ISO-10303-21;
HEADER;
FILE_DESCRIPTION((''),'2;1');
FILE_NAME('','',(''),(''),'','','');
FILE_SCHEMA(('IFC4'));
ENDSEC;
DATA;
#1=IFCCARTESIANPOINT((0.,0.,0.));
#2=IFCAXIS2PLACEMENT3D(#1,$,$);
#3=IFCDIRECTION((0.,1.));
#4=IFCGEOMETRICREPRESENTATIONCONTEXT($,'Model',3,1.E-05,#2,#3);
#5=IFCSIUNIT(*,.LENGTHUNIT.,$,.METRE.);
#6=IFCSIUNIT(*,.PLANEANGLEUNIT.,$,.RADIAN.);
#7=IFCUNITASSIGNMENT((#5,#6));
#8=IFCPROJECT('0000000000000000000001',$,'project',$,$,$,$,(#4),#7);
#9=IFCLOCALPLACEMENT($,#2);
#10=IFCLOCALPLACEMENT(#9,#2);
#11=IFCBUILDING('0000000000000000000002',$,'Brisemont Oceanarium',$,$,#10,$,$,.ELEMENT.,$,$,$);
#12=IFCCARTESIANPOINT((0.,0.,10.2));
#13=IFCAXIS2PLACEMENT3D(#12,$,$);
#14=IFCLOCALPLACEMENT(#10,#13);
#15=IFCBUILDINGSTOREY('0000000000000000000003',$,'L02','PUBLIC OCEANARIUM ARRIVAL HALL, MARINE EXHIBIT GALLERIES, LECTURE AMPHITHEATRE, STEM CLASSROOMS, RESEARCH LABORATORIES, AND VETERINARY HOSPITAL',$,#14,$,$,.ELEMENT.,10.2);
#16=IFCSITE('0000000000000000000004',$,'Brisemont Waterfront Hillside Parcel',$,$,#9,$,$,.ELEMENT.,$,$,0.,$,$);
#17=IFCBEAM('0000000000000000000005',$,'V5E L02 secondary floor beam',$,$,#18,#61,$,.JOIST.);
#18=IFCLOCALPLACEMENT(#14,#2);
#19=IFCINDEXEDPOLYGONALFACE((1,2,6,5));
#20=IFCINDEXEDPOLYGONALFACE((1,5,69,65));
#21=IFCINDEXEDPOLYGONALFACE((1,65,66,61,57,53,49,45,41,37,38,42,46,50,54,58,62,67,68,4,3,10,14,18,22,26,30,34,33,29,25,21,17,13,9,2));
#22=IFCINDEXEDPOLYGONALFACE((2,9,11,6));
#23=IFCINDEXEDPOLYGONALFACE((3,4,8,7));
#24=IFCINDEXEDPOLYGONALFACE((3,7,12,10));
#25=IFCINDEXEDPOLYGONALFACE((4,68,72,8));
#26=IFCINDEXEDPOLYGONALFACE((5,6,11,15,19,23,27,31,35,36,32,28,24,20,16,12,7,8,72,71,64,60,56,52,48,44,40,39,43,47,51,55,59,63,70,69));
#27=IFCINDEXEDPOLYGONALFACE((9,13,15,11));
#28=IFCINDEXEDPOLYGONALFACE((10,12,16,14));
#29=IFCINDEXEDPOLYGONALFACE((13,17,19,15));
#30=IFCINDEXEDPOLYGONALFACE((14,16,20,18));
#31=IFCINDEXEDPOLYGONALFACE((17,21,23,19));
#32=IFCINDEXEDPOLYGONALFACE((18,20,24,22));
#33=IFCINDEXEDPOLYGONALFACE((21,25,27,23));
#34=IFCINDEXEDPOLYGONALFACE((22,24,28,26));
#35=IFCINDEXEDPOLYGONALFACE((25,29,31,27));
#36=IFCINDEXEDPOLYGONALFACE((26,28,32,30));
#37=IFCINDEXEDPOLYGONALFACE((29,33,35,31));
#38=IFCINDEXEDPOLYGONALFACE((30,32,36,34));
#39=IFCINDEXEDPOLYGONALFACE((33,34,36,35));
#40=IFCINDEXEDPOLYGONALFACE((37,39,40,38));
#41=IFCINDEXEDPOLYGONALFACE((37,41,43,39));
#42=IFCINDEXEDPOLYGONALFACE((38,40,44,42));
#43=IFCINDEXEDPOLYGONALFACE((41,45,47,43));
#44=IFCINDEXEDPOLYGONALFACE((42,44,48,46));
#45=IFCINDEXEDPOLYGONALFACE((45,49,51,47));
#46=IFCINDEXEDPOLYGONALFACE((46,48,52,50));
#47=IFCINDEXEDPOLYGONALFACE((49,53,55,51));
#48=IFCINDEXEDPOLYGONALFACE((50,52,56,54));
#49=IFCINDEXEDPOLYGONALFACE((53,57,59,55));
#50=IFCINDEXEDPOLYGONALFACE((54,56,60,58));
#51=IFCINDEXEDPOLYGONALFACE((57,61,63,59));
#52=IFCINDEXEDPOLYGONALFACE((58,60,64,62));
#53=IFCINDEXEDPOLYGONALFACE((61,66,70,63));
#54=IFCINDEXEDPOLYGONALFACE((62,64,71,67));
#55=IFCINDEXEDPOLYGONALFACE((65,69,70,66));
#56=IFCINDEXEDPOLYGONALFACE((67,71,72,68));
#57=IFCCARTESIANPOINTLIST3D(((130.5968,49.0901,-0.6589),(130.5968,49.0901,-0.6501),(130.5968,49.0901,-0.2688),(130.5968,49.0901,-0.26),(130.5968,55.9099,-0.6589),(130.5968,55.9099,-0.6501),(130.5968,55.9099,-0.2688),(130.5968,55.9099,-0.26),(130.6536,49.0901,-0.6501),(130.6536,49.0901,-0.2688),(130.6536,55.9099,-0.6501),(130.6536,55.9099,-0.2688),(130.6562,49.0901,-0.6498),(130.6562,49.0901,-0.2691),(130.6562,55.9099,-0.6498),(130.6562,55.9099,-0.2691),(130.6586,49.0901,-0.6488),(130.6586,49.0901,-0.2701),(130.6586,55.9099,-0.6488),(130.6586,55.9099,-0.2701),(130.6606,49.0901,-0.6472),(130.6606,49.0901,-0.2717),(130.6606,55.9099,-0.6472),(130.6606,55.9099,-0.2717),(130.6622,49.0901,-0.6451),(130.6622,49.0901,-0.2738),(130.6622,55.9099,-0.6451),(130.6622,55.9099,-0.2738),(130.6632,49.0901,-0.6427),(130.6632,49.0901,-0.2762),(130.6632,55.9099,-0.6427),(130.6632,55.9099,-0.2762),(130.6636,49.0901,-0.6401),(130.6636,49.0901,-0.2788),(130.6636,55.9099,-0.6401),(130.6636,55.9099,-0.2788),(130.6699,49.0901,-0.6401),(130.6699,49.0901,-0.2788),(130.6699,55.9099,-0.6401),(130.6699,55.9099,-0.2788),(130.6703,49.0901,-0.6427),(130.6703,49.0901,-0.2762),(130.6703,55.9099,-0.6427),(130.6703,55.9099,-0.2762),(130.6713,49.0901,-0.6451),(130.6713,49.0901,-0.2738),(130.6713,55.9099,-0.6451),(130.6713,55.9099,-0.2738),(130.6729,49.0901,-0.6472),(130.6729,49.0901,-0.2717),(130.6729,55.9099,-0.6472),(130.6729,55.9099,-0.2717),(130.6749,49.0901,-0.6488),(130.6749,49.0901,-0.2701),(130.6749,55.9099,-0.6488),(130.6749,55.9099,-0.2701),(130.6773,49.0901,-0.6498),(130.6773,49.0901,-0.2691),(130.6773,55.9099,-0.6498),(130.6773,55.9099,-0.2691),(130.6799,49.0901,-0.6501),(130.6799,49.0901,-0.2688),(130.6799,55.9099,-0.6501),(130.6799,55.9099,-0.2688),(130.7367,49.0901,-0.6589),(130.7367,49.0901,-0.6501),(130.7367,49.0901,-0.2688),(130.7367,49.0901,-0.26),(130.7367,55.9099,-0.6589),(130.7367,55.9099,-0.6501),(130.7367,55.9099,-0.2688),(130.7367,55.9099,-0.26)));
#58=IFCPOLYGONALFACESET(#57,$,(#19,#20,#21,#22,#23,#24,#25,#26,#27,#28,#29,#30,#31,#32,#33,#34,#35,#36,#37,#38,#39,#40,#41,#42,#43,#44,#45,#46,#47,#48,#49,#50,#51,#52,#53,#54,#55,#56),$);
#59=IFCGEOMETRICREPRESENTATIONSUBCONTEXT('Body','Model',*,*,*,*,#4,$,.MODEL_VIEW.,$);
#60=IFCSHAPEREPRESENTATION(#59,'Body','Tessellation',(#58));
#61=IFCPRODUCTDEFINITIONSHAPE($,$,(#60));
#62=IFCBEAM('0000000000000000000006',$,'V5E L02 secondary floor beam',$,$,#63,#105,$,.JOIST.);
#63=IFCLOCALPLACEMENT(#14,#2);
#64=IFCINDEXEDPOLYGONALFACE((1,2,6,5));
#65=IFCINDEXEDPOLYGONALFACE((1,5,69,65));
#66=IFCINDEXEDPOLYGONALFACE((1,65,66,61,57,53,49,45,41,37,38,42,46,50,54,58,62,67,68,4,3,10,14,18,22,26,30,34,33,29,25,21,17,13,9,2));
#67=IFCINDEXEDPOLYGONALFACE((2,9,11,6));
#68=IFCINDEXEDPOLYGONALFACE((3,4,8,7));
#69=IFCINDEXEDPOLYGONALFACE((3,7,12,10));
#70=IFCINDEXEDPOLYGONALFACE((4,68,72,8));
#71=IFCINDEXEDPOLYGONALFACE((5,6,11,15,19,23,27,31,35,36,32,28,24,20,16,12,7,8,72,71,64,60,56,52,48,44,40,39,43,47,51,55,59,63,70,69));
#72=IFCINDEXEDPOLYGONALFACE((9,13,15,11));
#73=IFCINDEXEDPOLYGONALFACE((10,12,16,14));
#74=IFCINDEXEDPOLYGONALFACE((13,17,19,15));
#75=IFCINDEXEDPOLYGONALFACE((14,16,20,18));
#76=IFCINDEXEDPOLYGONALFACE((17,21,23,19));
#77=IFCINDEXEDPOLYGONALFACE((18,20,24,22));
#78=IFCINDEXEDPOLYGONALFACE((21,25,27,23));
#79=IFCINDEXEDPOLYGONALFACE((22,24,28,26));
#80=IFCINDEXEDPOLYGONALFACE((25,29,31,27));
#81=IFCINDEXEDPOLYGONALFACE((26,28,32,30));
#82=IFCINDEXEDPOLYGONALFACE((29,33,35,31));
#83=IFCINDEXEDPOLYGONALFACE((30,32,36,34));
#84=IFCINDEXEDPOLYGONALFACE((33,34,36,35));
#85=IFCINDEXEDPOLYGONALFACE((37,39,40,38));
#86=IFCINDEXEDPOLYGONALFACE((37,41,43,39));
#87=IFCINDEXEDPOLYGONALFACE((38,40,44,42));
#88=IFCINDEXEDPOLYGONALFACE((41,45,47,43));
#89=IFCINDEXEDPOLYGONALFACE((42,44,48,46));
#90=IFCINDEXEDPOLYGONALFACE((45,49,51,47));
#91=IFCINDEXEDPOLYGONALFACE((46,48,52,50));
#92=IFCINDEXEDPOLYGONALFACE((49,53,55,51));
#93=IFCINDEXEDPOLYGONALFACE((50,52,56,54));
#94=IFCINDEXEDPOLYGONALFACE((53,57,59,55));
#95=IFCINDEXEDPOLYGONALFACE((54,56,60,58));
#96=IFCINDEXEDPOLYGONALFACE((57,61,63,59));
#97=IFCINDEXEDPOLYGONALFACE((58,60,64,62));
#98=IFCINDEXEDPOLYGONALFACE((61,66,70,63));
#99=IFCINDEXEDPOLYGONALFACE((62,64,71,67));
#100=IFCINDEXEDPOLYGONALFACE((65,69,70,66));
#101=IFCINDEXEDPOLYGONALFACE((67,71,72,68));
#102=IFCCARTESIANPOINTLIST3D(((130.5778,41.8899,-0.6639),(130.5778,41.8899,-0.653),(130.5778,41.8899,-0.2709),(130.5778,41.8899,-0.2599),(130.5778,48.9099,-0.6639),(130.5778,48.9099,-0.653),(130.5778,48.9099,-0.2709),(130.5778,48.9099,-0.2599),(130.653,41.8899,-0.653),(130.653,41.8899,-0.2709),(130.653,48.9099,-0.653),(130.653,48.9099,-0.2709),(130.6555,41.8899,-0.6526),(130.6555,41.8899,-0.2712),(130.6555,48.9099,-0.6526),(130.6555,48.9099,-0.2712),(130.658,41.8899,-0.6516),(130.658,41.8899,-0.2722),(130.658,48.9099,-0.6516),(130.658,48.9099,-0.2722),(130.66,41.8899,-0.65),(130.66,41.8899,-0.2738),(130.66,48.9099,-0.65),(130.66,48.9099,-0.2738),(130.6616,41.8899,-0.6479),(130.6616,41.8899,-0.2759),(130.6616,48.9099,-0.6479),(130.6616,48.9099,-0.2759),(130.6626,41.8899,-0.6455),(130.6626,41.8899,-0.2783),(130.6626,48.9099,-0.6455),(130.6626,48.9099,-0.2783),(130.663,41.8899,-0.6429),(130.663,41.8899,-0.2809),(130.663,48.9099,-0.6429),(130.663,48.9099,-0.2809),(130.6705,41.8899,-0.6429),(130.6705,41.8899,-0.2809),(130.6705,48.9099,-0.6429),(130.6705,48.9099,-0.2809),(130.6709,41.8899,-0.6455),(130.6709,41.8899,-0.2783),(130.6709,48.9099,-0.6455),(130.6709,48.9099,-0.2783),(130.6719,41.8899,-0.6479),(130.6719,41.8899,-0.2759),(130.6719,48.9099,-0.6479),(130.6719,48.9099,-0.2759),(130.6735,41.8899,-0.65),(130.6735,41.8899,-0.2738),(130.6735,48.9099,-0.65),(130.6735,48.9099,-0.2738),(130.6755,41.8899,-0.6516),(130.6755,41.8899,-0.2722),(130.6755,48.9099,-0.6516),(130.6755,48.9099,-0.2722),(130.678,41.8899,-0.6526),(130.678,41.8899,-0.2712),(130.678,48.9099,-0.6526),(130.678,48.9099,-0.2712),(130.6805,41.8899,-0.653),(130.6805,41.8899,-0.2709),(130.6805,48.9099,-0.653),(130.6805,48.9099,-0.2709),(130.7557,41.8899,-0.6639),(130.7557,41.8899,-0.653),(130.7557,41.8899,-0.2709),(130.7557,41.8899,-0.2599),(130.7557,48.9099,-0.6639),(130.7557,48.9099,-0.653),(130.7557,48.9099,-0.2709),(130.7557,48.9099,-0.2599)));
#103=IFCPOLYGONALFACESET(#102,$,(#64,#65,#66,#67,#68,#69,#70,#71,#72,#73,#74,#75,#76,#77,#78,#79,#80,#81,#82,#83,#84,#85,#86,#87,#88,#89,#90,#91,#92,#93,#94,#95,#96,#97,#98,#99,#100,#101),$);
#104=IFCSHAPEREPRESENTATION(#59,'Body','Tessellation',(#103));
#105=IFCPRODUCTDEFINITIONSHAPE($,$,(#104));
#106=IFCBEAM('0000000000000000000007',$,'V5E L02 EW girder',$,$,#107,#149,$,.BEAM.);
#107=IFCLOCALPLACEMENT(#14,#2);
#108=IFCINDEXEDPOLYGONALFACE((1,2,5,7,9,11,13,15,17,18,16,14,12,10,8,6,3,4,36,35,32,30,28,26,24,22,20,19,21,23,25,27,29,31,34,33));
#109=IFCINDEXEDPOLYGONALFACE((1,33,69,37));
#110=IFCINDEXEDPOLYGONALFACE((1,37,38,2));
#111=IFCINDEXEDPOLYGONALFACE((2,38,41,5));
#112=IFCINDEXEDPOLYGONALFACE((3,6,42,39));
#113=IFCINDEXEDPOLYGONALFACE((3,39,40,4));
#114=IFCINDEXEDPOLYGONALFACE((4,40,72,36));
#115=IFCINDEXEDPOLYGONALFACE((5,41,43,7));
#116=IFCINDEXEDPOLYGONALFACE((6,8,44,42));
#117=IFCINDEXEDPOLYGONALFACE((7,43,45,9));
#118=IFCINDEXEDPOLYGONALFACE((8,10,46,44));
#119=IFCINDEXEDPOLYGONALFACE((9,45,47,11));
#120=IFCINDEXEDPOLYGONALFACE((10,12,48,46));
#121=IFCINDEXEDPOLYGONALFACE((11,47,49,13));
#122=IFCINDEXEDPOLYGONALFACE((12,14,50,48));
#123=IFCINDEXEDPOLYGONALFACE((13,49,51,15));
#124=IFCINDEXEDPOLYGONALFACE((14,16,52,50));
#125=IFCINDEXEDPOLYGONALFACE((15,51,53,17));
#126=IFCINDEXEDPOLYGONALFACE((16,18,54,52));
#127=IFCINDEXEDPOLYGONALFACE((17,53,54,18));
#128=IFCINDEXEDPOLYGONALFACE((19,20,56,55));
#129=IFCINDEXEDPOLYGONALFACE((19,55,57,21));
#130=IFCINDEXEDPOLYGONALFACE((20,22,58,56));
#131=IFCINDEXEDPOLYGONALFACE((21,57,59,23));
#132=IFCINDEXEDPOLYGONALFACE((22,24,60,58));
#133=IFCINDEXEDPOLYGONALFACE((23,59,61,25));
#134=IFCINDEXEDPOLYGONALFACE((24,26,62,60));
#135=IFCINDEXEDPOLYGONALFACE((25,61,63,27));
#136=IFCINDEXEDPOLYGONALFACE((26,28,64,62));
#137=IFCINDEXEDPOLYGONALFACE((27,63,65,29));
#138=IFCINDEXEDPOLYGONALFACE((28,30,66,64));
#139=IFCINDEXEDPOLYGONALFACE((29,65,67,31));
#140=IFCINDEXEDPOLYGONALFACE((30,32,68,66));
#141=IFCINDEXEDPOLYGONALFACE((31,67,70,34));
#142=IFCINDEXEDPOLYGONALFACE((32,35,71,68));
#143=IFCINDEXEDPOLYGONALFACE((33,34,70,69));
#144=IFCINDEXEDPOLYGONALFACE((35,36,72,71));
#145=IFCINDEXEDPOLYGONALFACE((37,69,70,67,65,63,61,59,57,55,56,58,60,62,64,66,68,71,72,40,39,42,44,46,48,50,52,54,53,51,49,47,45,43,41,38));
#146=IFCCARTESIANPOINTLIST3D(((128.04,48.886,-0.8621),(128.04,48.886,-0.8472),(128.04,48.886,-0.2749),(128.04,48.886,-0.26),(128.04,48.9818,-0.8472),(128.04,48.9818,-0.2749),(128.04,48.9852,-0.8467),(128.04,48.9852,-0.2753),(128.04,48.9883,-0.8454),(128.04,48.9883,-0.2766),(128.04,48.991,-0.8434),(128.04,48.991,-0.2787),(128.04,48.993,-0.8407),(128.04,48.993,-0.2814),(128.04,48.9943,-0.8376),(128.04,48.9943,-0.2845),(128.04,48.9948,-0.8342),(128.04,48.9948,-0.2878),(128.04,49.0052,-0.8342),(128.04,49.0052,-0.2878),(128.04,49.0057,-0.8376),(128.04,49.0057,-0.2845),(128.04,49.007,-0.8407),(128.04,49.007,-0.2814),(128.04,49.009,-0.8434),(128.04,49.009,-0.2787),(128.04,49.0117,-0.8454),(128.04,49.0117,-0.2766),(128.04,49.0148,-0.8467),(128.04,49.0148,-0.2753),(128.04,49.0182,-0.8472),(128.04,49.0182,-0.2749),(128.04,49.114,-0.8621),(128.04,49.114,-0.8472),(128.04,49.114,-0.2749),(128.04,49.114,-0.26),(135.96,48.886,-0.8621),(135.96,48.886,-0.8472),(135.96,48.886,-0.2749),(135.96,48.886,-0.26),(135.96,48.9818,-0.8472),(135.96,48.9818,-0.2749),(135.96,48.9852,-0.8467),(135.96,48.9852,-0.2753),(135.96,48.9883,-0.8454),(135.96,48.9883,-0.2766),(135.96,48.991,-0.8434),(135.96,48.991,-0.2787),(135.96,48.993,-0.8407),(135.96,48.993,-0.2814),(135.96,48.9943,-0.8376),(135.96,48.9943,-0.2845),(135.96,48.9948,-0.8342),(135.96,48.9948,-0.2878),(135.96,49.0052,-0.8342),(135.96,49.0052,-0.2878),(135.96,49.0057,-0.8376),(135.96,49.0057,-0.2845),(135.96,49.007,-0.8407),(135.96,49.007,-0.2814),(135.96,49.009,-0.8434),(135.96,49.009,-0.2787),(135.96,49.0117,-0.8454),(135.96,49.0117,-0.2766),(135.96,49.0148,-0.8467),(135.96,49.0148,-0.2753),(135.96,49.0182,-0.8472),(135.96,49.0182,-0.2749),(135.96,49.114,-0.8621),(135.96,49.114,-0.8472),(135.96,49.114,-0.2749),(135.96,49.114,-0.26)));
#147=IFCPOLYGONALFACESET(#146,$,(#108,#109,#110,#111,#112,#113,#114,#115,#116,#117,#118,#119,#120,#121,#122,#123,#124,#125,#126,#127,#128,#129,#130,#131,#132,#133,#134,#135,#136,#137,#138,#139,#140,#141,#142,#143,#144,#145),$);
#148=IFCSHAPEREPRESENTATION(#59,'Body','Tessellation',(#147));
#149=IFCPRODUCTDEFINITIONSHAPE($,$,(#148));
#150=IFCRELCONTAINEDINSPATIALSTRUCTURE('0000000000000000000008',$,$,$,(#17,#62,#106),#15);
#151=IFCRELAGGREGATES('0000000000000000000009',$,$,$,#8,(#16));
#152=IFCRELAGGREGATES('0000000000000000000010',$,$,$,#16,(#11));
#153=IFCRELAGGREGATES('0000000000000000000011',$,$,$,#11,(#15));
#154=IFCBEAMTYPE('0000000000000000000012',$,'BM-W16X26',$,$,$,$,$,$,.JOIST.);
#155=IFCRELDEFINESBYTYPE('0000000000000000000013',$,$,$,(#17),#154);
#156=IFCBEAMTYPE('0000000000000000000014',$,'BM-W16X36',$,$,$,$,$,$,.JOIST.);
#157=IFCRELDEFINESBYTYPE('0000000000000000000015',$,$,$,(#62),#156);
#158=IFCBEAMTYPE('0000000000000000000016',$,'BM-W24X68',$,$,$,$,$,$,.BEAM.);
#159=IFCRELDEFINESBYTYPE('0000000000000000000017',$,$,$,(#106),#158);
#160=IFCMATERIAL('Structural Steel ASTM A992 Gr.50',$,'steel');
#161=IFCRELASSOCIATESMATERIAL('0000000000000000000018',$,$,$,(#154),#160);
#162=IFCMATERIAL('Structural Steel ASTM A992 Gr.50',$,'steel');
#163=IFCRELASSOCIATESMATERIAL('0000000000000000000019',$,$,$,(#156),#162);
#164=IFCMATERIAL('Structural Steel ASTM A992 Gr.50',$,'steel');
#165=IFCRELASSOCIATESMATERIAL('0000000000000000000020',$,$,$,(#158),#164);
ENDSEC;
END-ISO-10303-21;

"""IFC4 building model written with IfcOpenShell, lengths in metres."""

from ifc_helpers import new_model, si_unit, direction, frame, origin, origin_2d, place, context, subcontext, project, spatial, i_section, extrude, material, material_profile, profile_set, type_object, element, save


model = new_model("IFC4")

# Units and contexts
model_context = context("Model", 3, precision=1e-05, world=origin(), true_north=direction((0.0, 1.0)))
body_context = subcontext(model_context, "Body", "Model", "MODEL_VIEW")
ifc_project = project(units=[si_unit("LENGTHUNIT", "METRE"), si_unit("PLANEANGLEUNIT", "RADIAN")], contexts=[model_context])

# Site, building, storey
site_placement = place(None, origin())
site = spatial("IfcSite", under=ifc_project, at=site_placement, Name="Brisemont Waterfront Hillside Parcel", CompositionType="ELEMENT", RefElevation=0.0)
building_placement = place(site_placement, origin())
building = spatial("IfcBuilding", under=site, at=building_placement, Name="Brisemont Oceanarium", CompositionType="ELEMENT")
storey_placement = place(building_placement, frame((0.0, 0.0, 10.2)))
storey = spatial("IfcBuildingStorey", under=building, at=storey_placement, Name="L02", Description="PUBLIC OCEANARIUM ARRIVAL HALL, MARINE EXHIBIT GALLERIES, LECTURE AMPHITHEATRE, STEM CLASSROOMS, RESEARCH LABORATORIES, AND VETERINARY HOSPITAL", CompositionType="ELEMENT", Elevation=10.2)

# Beams
ifc_material_1 = material(Name="Structural Steel ASTM A992 Gr.50", Category="steel")
ifc_material_profile_1 = material_profile(ifc_material_1, i_section(OverallWidth=0.1399, OverallDepth=0.3989, WebThickness=0.0063, FlangeThickness=0.0088, FilletRadius=0.01, at=origin_2d()), Name="W16X26")
ifc_profile_set_1 = profile_set([ifc_material_profile_1], Name="Structural Steel ASTM A992 Gr.50")
beam_type_1 = type_object("IfcBeamType", Name="BM-W16X26", PredefinedType="JOIST", material=ifc_profile_set_1)
beam_1_placement = place(storey_placement, frame((130.6667, 49.0901, -0.4595), z_axis=(0.0, 1.0, 0.0), x_axis=(-1.0, 0.0, 0.0)))
element("IfcBeam", 1, at=beam_1_placement, inside=storey, type_object=beam_type_1, Name="V5E L02 secondary floor beam", PredefinedType="JOIST", context=body_context, shape_type="SweptSolid", body=[
    extrude(i_section(OverallWidth=0.1399, OverallDepth=0.3989, WebThickness=0.0063, FlangeThickness=0.0088, FilletRadius=0.01, at=origin_2d()), origin(), (0.0, 0.0, 1.0), 6.8198),
])
ifc_material_2 = material(Name="Structural Steel ASTM A992 Gr.50", Category="steel")
ifc_material_profile_2 = material_profile(ifc_material_2, i_section(OverallWidth=0.178, OverallDepth=0.4041, WebThickness=0.0076, FlangeThickness=0.011, FilletRadius=0.01, at=origin_2d()), Name="W16X36")
ifc_profile_set_2 = profile_set([ifc_material_profile_2], Name="Structural Steel ASTM A992 Gr.50")
beam_type_2 = type_object("IfcBeamType", Name="BM-W16X36", PredefinedType="JOIST", material=ifc_profile_set_2)
beam_2_placement = place(storey_placement, frame((130.6667, 41.8899, -0.4619), z_axis=(0.0, 1.0, 0.0), x_axis=(-1.0, 0.0, 0.0)))
element("IfcBeam", 2, at=beam_2_placement, inside=storey, type_object=beam_type_2, Name="V5E L02 secondary floor beam", PredefinedType="JOIST", context=body_context, shape_type="SweptSolid", body=[
    extrude(i_section(OverallWidth=0.178, OverallDepth=0.4041, WebThickness=0.0076, FlangeThickness=0.011, FilletRadius=0.01, at=origin_2d()), origin(), (0.0, 0.0, 1.0), 7.02),
])
ifc_material_3 = material(Name="Structural Steel ASTM A992 Gr.50", Category="steel")
ifc_material_profile_3 = material_profile(ifc_material_3, i_section(OverallWidth=0.228, OverallDepth=0.6021, WebThickness=0.0105, FlangeThickness=0.0149, FilletRadius=0.0129, at=origin_2d()), Name="W24X68")
ifc_profile_set_3 = profile_set([ifc_material_profile_3], Name="Structural Steel ASTM A992 Gr.50")
beam_type_3 = type_object("IfcBeamType", Name="BM-W24X68", PredefinedType="BEAM", material=ifc_profile_set_3)
beam_3_placement = place(storey_placement, frame((128.04, 49.0, -0.561), z_axis=(1.0, 0.0, 0.0), x_axis=(0.0, 1.0, 0.0)))
element("IfcBeam", 3, at=beam_3_placement, inside=storey, type_object=beam_type_3, Name="V5E L02 EW girder", PredefinedType="BEAM", context=body_context, shape_type="SweptSolid", body=[
    extrude(i_section(OverallWidth=0.228, OverallDepth=0.6021, WebThickness=0.0105, FlangeThickness=0.0149, FilletRadius=0.0129, at=origin_2d()), origin(), (0.0, 0.0, 1.0), 7.9199),
])

save(model, "model.ifc")
